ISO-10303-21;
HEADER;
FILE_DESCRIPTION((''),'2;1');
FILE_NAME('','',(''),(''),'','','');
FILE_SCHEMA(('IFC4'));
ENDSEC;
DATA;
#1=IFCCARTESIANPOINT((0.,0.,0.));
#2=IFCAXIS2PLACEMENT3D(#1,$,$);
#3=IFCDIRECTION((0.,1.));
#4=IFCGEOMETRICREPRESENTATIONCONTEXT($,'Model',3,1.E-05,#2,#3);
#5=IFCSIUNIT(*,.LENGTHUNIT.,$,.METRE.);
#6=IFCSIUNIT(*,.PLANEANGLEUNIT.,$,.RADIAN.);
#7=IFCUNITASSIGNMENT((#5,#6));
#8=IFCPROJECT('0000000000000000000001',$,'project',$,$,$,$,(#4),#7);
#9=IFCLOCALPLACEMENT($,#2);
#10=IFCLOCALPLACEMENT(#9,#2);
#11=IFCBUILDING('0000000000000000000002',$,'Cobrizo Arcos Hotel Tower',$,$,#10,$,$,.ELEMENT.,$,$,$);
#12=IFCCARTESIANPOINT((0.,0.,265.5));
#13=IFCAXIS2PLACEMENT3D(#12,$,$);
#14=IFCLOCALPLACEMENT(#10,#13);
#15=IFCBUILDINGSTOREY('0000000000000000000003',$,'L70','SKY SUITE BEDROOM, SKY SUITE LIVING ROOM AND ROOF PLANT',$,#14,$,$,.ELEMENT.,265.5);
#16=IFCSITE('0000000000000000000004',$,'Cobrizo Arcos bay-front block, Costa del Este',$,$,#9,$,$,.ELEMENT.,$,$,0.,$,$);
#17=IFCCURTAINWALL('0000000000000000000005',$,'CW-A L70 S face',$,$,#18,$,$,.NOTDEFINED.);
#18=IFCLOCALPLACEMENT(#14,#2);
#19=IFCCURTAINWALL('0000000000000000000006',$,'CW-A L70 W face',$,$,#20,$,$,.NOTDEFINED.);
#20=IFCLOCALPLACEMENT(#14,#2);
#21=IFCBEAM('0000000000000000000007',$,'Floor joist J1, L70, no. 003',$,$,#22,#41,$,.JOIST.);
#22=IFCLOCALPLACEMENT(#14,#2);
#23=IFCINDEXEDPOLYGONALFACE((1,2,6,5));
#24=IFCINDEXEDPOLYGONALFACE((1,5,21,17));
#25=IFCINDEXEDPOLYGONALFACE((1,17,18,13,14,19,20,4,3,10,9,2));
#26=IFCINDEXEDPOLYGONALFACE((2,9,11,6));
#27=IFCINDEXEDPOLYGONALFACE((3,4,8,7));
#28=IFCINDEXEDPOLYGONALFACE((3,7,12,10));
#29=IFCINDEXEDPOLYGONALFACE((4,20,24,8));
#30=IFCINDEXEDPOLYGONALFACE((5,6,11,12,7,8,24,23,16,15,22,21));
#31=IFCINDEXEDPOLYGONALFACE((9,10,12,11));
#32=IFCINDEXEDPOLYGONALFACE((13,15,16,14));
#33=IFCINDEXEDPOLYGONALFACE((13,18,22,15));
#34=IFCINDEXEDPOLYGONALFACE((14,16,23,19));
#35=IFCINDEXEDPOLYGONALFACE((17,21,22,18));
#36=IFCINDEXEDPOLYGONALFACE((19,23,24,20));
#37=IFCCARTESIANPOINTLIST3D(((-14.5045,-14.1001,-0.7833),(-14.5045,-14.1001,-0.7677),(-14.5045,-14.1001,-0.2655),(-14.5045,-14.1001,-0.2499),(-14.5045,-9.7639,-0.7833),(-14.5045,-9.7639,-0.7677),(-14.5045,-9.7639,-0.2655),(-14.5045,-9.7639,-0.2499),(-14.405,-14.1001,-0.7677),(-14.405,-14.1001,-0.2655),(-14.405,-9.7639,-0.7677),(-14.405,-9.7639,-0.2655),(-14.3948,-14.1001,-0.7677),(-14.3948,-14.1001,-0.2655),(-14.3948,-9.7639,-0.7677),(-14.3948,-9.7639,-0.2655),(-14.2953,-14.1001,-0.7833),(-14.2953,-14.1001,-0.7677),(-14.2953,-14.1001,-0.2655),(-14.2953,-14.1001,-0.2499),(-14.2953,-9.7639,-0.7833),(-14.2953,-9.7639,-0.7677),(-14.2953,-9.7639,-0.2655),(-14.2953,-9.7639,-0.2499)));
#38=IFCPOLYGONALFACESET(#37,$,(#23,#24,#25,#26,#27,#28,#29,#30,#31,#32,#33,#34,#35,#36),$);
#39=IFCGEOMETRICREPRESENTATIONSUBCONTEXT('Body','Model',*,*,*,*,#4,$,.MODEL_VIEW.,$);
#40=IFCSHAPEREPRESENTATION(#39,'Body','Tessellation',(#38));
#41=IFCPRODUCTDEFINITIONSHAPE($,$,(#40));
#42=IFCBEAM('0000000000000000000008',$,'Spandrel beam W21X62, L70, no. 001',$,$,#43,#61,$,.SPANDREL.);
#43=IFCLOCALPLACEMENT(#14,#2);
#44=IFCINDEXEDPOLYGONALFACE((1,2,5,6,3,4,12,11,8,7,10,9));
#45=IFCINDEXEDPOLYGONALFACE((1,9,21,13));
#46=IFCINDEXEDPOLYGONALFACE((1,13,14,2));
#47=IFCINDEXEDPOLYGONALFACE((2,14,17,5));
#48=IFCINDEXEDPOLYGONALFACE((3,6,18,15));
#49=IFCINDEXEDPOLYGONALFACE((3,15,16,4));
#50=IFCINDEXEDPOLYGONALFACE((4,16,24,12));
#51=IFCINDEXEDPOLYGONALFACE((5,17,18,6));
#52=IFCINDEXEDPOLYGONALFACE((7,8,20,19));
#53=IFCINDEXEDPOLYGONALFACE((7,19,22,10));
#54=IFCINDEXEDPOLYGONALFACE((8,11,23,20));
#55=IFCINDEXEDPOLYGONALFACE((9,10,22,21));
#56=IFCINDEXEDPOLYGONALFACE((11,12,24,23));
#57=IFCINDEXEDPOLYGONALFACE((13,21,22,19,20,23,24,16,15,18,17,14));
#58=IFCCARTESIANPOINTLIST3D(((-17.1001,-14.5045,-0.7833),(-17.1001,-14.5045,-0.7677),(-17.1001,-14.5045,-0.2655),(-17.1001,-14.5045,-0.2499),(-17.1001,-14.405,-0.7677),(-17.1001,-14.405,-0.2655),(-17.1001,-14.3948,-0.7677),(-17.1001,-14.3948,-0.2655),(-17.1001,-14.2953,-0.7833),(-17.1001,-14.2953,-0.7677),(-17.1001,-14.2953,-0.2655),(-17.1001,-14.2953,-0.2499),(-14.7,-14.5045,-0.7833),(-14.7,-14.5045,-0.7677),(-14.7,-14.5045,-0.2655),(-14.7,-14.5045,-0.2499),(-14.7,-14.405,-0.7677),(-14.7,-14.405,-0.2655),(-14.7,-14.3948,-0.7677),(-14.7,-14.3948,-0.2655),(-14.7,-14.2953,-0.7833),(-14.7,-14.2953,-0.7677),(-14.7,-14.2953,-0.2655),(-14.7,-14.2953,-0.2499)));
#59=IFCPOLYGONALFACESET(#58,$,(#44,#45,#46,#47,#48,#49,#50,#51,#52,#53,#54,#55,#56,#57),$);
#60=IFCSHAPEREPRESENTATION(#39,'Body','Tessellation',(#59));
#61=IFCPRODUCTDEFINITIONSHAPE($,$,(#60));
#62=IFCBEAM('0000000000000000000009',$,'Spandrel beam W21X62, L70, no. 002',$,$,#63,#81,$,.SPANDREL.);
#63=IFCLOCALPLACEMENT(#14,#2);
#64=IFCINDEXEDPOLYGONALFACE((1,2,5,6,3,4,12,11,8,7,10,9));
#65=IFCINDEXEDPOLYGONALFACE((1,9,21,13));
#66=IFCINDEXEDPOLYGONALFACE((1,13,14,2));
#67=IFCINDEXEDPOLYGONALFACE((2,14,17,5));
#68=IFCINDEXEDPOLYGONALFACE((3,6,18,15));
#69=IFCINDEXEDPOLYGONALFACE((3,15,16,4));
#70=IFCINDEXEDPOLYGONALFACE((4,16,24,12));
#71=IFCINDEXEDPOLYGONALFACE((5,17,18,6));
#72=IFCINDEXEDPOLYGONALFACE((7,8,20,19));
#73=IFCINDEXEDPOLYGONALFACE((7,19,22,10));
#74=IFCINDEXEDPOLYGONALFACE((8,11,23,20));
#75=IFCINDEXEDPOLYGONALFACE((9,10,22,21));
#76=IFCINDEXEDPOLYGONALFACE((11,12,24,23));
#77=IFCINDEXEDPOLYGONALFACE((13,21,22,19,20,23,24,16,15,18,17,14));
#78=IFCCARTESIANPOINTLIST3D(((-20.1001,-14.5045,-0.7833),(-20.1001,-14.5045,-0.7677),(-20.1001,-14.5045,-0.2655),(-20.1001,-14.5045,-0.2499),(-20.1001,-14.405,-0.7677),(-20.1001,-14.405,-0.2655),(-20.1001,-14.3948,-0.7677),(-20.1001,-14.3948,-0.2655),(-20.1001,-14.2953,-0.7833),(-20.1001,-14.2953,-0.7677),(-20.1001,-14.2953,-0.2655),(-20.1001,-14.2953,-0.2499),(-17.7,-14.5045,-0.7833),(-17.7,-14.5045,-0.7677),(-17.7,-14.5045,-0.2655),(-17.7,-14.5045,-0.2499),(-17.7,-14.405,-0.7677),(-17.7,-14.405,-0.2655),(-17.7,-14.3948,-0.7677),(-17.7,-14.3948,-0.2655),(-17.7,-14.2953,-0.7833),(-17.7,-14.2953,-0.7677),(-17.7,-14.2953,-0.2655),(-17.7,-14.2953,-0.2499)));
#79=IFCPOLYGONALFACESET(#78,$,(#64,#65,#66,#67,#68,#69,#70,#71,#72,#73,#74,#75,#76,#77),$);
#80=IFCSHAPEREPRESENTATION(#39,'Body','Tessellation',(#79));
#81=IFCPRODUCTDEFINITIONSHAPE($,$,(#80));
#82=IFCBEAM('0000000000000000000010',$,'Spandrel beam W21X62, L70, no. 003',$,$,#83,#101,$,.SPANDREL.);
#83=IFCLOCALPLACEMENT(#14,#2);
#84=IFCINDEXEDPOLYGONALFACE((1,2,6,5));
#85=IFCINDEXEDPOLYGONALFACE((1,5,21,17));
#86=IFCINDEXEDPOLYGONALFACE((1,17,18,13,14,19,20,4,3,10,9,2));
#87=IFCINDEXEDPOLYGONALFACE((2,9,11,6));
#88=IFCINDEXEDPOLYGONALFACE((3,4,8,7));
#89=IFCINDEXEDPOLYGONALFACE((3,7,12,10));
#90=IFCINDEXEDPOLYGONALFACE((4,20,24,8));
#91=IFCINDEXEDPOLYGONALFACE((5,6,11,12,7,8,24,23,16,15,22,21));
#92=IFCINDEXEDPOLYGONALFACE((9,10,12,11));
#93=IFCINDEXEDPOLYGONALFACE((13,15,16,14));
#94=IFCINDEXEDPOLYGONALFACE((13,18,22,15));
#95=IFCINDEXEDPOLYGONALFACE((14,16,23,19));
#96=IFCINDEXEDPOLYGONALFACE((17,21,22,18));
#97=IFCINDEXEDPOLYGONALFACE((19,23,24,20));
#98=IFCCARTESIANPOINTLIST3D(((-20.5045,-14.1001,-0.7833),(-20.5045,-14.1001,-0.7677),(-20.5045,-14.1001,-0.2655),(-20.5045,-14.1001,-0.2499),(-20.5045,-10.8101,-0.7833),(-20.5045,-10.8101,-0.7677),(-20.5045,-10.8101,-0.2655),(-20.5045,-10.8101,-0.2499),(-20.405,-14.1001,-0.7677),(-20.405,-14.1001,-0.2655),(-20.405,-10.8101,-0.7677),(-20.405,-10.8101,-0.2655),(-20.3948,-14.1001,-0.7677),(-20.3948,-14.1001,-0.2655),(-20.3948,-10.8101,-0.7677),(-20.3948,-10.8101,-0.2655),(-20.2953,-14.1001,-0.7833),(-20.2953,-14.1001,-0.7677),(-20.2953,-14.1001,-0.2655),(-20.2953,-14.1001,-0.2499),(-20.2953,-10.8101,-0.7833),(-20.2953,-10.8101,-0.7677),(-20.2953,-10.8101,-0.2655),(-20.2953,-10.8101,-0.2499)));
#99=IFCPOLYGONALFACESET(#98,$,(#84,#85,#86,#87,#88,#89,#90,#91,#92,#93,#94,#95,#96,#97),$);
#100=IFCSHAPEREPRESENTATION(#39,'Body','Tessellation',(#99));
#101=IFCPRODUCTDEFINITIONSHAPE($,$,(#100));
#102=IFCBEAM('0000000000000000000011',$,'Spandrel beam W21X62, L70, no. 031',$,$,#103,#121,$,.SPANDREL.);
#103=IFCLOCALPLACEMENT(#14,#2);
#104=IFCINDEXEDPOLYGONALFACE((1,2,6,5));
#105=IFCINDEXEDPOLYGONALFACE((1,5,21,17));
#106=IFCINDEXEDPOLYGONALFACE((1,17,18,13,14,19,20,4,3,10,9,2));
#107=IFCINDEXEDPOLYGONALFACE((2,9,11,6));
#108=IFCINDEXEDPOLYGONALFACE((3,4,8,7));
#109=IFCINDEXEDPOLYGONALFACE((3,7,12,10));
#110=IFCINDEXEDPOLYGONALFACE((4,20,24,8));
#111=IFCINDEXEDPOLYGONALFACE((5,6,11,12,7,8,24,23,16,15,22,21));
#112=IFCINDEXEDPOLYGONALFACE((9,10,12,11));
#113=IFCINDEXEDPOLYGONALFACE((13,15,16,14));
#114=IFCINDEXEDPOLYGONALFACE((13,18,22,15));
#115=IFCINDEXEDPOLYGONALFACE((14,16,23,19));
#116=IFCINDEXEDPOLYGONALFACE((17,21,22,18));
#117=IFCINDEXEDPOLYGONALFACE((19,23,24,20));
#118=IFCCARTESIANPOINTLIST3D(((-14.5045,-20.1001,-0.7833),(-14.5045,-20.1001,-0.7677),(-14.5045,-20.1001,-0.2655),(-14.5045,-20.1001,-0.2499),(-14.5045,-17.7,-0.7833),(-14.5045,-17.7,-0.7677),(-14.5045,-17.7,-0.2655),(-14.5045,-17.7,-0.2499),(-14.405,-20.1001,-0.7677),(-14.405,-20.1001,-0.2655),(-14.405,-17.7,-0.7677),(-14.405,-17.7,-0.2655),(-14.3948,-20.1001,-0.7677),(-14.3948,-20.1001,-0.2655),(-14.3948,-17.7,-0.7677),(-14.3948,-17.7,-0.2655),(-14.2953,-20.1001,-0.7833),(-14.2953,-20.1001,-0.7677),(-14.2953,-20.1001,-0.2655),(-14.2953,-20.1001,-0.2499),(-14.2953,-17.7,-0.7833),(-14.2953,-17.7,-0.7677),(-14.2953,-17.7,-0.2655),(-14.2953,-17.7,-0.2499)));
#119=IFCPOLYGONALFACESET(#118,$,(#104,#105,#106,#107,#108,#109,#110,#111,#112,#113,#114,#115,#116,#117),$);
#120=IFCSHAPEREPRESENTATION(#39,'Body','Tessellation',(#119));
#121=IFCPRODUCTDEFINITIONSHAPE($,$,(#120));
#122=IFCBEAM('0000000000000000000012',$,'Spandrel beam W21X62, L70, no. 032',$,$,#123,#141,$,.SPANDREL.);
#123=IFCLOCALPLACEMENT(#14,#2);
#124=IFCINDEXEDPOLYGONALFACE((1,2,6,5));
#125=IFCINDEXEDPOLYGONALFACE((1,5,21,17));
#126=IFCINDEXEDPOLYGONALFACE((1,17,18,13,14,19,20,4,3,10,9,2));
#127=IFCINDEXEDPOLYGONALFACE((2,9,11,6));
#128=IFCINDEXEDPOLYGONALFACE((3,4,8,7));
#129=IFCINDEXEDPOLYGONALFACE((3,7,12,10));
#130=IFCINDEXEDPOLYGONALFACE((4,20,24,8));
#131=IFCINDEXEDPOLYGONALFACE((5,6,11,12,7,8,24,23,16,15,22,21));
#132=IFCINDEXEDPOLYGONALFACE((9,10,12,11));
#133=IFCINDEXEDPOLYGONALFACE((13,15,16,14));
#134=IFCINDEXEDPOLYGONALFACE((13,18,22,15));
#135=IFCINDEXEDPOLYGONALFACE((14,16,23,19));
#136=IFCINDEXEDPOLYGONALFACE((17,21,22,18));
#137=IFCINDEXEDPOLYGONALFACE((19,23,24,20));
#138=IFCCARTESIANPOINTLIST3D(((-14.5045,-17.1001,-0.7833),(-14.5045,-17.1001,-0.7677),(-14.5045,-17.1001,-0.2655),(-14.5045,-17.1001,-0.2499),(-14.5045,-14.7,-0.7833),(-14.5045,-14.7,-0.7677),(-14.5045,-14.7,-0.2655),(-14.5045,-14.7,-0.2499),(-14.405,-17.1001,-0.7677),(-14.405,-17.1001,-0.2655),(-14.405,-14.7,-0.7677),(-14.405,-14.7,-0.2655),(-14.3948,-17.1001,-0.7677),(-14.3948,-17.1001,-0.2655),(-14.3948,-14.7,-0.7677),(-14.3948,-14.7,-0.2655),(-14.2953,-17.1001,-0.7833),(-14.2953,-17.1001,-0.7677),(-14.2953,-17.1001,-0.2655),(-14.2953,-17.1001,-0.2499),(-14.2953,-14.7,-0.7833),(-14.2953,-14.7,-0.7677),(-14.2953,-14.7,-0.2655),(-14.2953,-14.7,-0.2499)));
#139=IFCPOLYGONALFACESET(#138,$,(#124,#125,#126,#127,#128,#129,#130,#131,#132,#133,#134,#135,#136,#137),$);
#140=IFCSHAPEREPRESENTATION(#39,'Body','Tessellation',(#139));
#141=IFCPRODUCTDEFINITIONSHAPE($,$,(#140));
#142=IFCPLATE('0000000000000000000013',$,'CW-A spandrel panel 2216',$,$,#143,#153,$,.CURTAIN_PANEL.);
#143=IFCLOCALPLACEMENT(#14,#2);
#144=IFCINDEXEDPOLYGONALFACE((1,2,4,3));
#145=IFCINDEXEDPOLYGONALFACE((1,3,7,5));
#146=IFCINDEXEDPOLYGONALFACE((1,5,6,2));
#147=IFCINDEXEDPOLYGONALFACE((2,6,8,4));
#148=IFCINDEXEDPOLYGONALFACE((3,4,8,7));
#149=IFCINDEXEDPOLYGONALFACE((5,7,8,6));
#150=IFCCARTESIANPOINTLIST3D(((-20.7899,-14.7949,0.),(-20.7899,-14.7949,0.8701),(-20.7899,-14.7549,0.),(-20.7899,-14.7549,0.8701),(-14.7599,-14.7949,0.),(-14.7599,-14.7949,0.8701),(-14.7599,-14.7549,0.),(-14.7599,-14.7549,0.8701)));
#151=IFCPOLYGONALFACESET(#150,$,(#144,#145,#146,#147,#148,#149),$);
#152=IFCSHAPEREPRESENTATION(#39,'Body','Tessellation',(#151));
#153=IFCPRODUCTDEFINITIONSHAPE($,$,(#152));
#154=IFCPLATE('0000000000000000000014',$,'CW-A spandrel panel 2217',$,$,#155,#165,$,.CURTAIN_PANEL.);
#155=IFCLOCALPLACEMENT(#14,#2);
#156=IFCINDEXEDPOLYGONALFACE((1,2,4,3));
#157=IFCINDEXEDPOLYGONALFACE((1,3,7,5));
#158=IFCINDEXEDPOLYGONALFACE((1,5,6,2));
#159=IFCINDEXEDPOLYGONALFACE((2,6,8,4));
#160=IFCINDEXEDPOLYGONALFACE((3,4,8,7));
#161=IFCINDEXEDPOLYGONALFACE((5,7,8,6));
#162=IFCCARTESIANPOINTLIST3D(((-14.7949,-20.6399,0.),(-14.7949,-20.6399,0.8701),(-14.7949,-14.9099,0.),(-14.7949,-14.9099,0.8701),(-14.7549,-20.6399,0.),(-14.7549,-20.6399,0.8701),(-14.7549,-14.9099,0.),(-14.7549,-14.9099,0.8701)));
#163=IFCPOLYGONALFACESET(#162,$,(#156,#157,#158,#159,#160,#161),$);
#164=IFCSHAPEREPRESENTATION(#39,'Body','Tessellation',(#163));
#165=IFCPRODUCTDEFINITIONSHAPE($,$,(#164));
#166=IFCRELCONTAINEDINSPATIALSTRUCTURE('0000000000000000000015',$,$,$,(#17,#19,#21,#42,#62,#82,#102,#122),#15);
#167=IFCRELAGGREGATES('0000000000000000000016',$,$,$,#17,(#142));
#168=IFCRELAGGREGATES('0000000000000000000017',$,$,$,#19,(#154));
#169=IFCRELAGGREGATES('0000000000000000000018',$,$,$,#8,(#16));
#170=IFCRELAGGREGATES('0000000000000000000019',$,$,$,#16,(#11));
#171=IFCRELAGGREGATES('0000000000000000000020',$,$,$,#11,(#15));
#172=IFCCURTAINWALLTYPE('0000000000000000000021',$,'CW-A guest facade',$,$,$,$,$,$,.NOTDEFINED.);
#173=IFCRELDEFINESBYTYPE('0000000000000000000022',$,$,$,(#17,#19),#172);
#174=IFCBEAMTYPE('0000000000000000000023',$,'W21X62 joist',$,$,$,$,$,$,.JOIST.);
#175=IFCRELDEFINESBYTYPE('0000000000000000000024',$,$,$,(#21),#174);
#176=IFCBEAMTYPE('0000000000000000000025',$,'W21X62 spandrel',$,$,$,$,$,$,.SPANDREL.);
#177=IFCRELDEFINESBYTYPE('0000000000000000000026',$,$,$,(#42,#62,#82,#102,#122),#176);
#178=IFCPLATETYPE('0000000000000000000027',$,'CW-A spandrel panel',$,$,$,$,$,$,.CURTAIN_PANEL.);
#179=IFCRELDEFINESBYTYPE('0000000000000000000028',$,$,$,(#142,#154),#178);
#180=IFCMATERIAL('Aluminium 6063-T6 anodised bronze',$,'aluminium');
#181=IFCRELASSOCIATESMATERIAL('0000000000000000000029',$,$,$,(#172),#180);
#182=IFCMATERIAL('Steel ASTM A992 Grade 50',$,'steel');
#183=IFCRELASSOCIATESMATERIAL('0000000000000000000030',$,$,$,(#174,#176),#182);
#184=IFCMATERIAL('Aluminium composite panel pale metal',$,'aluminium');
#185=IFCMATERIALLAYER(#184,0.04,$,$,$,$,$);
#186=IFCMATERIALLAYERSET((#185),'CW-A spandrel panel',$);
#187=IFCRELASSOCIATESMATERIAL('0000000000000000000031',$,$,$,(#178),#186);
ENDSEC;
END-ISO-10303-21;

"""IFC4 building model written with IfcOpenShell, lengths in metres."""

from ifc_helpers import new_model, si_unit, direction, frame, origin, origin_2d, place, context, subcontext, project, spatial, rectangle, i_section, extrude, material, layer, layer_set, material_profile, profile_set, type_object, element, aggregate, save


model = new_model("IFC4")

# Units and contexts
model_context = context("Model", 3, precision=1e-05, world=origin(), true_north=direction((0.0, 1.0)))
body_context = subcontext(model_context, "Body", "Model", "MODEL_VIEW")
ifc_project = project(units=[si_unit("LENGTHUNIT", "METRE"), si_unit("PLANEANGLEUNIT", "RADIAN")], contexts=[model_context])

# Site, building, storey
site_placement = place(None, origin())
site = spatial("IfcSite", under=ifc_project, at=site_placement, Name="Cobrizo Arcos bay-front block, Costa del Este", CompositionType="ELEMENT", RefElevation=0.0)
building_placement = place(site_placement, origin())
building = spatial("IfcBuilding", under=site, at=building_placement, Name="Cobrizo Arcos Hotel Tower", CompositionType="ELEMENT")
storey_placement = place(building_placement, frame((0.0, 0.0, 265.5)))
storey = spatial("IfcBuildingStorey", under=building, at=storey_placement, Name="L70", Description="SKY SUITE BEDROOM, SKY SUITE LIVING ROOM AND ROOF PLANT", CompositionType="ELEMENT", Elevation=265.5)

# Shared definitions
ifc_material_1 = material(Name="Aluminium 6063-T6 anodised bronze", Category="aluminium")
curtain_wall_type = type_object("IfcCurtainWallType", Name="CW-A guest facade", PredefinedType="NOTDEFINED", material=ifc_material_1)

# Curtain walls
curtain_wall_1_placement = place(storey_placement, origin())
curtain_wall_1 = element("IfcCurtainWall", 1, at=curtain_wall_1_placement, inside=storey, type_object=curtain_wall_type, Name="CW-A L70 S face", PredefinedType="NOTDEFINED")
curtain_wall_2_placement = place(storey_placement, origin())
curtain_wall_2 = element("IfcCurtainWall", 2, at=curtain_wall_2_placement, inside=storey, type_object=curtain_wall_type, Name="CW-A L70 W face", PredefinedType="NOTDEFINED")

# Beams
ifc_material_2 = material(Name="Steel ASTM A992 Grade 50", Category="steel")
ifc_material_profile_1 = material_profile(ifc_material_2, i_section(OverallWidth=0.2092, OverallDepth=0.5334, WebThickness=0.0103, FlangeThickness=0.0156, at=origin_2d()), Name="W21X62")
ifc_profile_set_1 = profile_set([ifc_material_profile_1], Name="Steel ASTM A992 Grade 50")
beam_type_1 = type_object("IfcBeamType", Name="W21X62 joist", PredefinedType="JOIST", material=ifc_profile_set_1)
beam_1_placement = place(storey_placement, frame((-14.3999, -14.1001, -0.5166), z_axis=(0.0, 1.0, 0.0), x_axis=(-1.0, 0.0, 0.0)))
element("IfcBeam", 3, at=beam_1_placement, inside=storey, type_object=beam_type_1, Name="Floor joist J1, L70, no. 003", PredefinedType="JOIST", context=body_context, shape_type="SweptSolid", body=[
    extrude(i_section(OverallWidth=0.2092, OverallDepth=0.5334, WebThickness=0.0103, FlangeThickness=0.0156, at=origin_2d()), origin(), (0.0, 0.0, 1.0), 4.3362),
])
ifc_material_profile_2 = material_profile(ifc_material_2, i_section(OverallWidth=0.2092, OverallDepth=0.5334, WebThickness=0.0103, FlangeThickness=0.0156, at=origin_2d()), Name="W21X62")
ifc_profile_set_2 = profile_set([ifc_material_profile_2], Name="Steel ASTM A992 Grade 50")
beam_type_2 = type_object("IfcBeamType", Name="W21X62 spandrel", PredefinedType="SPANDREL", material=ifc_profile_set_2)
for number, where, z_axis, x_axis, name in (
    (4, (-14.7, -14.3999, -0.5166), (-1.0, 0.0, 0.0), (0.0, -1.0, 0.0), "Spandrel beam W21X62, L70, no. 001"),
    (5, (-17.7, -14.3999, -0.5166), (-1.0, 0.0, 0.0), (0.0, -1.0, 0.0), "Spandrel beam W21X62, L70, no. 002"),
):
    element("IfcBeam", number, at=place(storey_placement, frame(where, z_axis=z_axis, x_axis=x_axis)), inside=storey, type_object=beam_type_2, Name=name, PredefinedType="SPANDREL", context=body_context, shape_type="SweptSolid", body=[
        extrude(i_section(OverallWidth=0.2092, OverallDepth=0.5334, WebThickness=0.0103, FlangeThickness=0.0156, at=origin_2d()), origin(), (0.0, 0.0, 1.0), 2.4001),
    ])
beam_2_placement = place(storey_placement, frame((-20.3999, -14.1001, -0.5166), z_axis=(0.0, 1.0, 0.0), x_axis=(-1.0, 0.0, 0.0)))
element("IfcBeam", 6, at=beam_2_placement, inside=storey, type_object=beam_type_2, Name="Spandrel beam W21X62, L70, no. 003", PredefinedType="SPANDREL", context=body_context, shape_type="SweptSolid", body=[
    extrude(i_section(OverallWidth=0.2092, OverallDepth=0.5334, WebThickness=0.0103, FlangeThickness=0.0156, at=origin_2d()), origin(), (0.0, 0.0, 1.0), 3.29),
])
for number, where, z_axis, x_axis, name in (
    (7, (-14.3999, -20.1001, -0.5166), (0.0, 1.0, 0.0), (-1.0, 0.0, 0.0), "Spandrel beam W21X62, L70, no. 031"),
    (8, (-14.3999, -17.1001, -0.5166), (0.0, 1.0, 0.0), (-1.0, 0.0, 0.0), "Spandrel beam W21X62, L70, no. 032"),
):
    element("IfcBeam", number, at=place(storey_placement, frame(where, z_axis=z_axis, x_axis=x_axis)), inside=storey, type_object=beam_type_2, Name=name, PredefinedType="SPANDREL", context=body_context, shape_type="SweptSolid", body=[
        extrude(i_section(OverallWidth=0.2092, OverallDepth=0.5334, WebThickness=0.0103, FlangeThickness=0.0156, at=origin_2d()), origin(), (0.0, 0.0, 1.0), 2.4001),
    ])

# Plates
ifc_material_3 = material(Name="Aluminium composite panel pale metal", Category="aluminium")
ifc_layer = layer(ifc_material_3, 0.04)
ifc_layer_set = layer_set([ifc_layer], Name="CW-A spandrel panel")
plate_type = type_object("IfcPlateType", Name="CW-A spandrel panel", PredefinedType="CURTAIN_PANEL", material=ifc_layer_set)
plate_1_placement = place(storey_placement, frame((-17.7749, -14.7749, 0.0), z_axis=(0.0, 0.0, 1.0), x_axis=(1.0, 0.0, 0.0)))
plate_1 = element("IfcPlate", 9, at=plate_1_placement, type_object=plate_type, Name="CW-A spandrel panel 2216", PredefinedType="CURTAIN_PANEL", context=body_context, shape_type="SweptSolid", body=[
    extrude(rectangle(XDim=6.03, YDim=0.04, at=origin_2d()), origin(), (0.0, 0.0, 1.0), 0.8701),
])
aggregate(curtain_wall_1, [plate_1])
plate_2_placement = place(storey_placement, frame((-14.7749, -17.7749, 0.0), z_axis=(0.0, 0.0, 1.0), x_axis=(0.0, -1.0, 0.0)))
plate_2 = element("IfcPlate", 10, at=plate_2_placement, type_object=plate_type, Name="CW-A spandrel panel 2217", PredefinedType="CURTAIN_PANEL", context=body_context, shape_type="SweptSolid", body=[
    extrude(rectangle(XDim=5.73, YDim=0.04, at=origin_2d()), origin(), (0.0, 0.0, 1.0), 0.8701),
])
aggregate(curtain_wall_2, [plate_2])

save(model, "model.ifc")
